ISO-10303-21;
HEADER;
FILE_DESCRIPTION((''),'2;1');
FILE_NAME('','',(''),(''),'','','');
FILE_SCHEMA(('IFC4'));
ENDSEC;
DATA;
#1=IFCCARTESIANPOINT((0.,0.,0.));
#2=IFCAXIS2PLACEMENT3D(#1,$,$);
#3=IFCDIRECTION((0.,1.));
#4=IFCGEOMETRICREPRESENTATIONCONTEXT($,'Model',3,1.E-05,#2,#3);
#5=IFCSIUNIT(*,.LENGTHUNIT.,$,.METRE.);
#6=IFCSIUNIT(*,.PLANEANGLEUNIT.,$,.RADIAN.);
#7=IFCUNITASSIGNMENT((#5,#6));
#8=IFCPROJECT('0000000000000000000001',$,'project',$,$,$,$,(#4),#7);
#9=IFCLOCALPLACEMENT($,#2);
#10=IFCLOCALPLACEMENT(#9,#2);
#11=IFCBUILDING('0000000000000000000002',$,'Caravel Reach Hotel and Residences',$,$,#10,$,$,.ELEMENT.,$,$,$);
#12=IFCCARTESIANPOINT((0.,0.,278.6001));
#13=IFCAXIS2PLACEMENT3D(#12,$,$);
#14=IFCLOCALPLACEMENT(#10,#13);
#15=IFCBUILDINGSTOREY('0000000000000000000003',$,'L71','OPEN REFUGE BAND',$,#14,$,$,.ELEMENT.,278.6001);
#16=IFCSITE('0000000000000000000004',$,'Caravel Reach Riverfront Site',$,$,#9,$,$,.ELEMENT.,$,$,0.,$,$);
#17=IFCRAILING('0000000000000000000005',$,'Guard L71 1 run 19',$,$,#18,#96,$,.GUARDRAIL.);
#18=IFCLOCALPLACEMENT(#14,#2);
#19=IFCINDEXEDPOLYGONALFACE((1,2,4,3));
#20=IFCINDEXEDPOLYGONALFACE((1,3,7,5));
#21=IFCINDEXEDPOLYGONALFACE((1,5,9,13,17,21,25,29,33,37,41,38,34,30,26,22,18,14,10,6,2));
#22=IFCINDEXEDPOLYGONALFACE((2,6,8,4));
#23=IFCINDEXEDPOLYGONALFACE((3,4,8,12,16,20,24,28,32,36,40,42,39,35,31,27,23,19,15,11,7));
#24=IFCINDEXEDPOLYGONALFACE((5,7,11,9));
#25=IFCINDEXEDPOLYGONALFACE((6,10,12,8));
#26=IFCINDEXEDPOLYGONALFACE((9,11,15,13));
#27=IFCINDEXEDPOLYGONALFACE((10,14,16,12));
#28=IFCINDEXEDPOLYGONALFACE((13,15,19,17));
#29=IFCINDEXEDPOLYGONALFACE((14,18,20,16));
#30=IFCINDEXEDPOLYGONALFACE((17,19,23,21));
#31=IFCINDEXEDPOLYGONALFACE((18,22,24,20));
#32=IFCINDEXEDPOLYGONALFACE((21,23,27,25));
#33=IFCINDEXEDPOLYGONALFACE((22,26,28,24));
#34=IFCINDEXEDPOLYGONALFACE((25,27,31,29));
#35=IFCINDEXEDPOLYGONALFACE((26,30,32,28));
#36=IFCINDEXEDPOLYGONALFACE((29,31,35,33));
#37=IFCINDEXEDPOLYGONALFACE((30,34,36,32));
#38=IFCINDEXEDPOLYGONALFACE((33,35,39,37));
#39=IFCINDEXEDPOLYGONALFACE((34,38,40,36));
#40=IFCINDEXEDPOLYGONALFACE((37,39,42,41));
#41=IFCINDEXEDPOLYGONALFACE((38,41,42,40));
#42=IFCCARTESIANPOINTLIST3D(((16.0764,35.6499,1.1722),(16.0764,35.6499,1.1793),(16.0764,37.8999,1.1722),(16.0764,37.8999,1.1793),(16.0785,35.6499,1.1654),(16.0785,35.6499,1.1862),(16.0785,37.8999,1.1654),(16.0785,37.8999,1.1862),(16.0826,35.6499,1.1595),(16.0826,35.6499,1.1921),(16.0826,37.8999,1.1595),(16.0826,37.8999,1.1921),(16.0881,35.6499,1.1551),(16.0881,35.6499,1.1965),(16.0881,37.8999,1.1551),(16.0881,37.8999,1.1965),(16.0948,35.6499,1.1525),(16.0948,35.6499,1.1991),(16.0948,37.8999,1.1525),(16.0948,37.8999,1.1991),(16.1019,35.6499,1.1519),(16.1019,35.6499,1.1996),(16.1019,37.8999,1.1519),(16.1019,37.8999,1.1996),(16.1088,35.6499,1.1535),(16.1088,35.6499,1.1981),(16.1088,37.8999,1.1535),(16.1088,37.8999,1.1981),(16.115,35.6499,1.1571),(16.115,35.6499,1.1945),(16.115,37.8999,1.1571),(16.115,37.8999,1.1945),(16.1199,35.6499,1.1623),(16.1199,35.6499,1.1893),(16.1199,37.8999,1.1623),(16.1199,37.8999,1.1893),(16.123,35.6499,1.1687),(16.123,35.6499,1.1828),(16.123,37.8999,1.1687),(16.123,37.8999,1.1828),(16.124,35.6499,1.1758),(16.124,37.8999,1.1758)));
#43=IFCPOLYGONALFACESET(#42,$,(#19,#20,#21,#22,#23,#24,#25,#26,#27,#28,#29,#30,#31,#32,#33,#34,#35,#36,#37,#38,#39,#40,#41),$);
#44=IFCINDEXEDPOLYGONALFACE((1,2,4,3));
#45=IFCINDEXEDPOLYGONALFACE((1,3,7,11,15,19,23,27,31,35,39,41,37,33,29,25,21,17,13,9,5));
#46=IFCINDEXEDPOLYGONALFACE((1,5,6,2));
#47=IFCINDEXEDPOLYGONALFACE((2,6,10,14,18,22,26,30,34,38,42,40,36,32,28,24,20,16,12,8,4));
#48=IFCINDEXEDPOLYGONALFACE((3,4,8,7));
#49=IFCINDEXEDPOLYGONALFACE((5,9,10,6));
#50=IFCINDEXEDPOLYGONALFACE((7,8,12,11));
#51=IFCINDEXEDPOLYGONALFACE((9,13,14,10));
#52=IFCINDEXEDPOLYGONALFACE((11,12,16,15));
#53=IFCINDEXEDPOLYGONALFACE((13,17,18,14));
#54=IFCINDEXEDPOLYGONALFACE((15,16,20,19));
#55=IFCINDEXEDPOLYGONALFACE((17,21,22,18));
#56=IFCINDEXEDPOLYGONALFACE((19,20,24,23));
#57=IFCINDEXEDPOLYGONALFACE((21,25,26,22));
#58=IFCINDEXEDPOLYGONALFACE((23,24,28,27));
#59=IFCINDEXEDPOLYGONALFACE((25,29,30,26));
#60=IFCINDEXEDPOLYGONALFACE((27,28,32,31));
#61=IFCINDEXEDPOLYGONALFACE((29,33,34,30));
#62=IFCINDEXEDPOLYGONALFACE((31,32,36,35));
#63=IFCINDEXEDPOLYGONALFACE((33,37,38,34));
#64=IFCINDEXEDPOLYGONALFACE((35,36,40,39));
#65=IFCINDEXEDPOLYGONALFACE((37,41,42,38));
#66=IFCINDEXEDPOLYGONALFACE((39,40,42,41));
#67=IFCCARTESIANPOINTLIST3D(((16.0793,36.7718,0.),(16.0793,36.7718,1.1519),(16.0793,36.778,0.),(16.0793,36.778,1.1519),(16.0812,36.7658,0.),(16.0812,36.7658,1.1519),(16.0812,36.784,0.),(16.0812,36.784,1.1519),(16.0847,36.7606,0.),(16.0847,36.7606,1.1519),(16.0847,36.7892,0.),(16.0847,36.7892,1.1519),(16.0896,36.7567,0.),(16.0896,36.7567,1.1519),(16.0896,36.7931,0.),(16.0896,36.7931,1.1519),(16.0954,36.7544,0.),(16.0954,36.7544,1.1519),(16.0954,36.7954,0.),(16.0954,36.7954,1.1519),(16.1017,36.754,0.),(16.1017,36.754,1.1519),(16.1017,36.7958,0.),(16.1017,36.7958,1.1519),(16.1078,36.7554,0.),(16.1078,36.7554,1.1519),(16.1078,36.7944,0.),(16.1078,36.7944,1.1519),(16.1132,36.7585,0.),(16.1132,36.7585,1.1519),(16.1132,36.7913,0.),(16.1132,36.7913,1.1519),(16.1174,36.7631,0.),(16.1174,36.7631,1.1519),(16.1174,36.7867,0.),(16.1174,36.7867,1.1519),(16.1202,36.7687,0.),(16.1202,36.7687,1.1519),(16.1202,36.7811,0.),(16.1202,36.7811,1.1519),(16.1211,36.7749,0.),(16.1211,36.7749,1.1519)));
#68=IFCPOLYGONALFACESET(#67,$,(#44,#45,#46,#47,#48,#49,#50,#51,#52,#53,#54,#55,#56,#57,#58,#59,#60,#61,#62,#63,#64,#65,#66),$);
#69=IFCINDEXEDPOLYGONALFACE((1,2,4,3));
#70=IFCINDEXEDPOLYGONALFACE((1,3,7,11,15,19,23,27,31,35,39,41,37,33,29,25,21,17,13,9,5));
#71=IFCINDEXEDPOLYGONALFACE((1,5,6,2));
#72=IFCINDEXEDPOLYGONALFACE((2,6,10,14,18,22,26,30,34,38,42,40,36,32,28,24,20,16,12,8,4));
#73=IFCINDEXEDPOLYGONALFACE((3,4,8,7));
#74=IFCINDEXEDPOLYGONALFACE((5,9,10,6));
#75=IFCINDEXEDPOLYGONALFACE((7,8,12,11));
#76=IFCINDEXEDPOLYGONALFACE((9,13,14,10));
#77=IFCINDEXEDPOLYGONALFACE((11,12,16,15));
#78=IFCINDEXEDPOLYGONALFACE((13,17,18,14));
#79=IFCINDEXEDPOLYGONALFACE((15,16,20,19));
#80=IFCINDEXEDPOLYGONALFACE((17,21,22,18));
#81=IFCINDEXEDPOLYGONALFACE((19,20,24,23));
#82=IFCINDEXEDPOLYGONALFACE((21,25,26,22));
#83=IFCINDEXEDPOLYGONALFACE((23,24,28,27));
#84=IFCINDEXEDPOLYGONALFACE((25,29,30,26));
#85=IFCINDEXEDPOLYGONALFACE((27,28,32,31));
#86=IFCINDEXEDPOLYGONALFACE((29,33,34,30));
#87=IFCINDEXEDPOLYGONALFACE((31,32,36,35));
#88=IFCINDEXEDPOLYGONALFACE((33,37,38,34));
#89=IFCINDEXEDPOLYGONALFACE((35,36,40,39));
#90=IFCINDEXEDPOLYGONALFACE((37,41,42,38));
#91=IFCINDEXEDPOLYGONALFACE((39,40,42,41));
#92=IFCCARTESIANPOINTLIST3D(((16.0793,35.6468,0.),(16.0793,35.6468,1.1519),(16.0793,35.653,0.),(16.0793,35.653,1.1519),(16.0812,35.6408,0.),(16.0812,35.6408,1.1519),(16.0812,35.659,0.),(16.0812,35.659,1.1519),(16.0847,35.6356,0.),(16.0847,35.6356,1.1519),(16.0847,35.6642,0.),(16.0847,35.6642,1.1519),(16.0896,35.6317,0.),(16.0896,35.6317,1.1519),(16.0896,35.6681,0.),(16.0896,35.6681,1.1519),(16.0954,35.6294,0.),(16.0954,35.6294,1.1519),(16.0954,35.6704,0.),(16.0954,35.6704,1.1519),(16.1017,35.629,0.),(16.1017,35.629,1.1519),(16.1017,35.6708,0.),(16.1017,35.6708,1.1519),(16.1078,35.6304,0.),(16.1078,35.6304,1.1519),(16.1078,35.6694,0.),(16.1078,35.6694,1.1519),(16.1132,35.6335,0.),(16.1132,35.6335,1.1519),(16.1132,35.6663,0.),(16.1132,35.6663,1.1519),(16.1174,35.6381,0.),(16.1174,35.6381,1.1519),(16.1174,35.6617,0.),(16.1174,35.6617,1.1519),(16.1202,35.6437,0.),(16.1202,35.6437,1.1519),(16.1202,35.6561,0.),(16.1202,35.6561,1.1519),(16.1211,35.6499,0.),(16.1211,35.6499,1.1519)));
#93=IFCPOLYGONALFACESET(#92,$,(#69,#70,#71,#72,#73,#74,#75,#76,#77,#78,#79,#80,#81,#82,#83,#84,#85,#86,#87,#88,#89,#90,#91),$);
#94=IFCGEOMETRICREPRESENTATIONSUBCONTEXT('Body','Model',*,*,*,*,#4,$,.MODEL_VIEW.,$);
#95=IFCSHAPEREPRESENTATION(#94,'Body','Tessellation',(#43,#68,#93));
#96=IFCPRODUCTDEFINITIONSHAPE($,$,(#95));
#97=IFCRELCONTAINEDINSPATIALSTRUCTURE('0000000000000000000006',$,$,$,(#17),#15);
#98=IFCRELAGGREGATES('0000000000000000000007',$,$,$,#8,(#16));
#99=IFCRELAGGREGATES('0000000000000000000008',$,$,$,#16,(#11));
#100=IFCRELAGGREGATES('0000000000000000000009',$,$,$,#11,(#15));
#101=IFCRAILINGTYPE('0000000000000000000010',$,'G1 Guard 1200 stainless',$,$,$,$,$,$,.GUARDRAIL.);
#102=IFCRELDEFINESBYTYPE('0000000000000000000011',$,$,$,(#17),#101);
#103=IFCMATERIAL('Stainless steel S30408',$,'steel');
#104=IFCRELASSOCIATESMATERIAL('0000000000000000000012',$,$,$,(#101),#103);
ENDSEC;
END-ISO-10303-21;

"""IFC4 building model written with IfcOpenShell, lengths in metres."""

from ifc_helpers import new_model, si_unit, direction, frame, origin, origin_2d, place, context, subcontext, project, spatial, circle, extrude, material, type_object, element, save


model = new_model("IFC4")

# Units and contexts
model_context = context("Model", 3, precision=1e-05, world=origin(), true_north=direction((0.0, 1.0)))
body_context = subcontext(model_context, "Body", "Model", "MODEL_VIEW")
ifc_project = project(units=[si_unit("LENGTHUNIT", "METRE"), si_unit("PLANEANGLEUNIT", "RADIAN")], contexts=[model_context])

# Site, building, storey
site_placement = place(None, origin())
site = spatial("IfcSite", under=ifc_project, at=site_placement, Name="Caravel Reach Riverfront Site", CompositionType="ELEMENT", RefElevation=0.0)
building_placement = place(site_placement, origin())
building = spatial("IfcBuilding", under=site, at=building_placement, Name="Caravel Reach Hotel and Residences", CompositionType="ELEMENT")
storey_placement = place(building_placement, frame((0.0, 0.0, 278.6001)))
storey = spatial("IfcBuildingStorey", under=building, at=storey_placement, Name="L71", Description="OPEN REFUGE BAND", CompositionType="ELEMENT", Elevation=278.6001)

# Railing
ifc_material_1 = material(Name="Stainless steel S30408", Category="steel")
railing_type_1 = type_object("IfcRailingType", Name="G1 Guard 1200 stainless", PredefinedType="GUARDRAIL", material=ifc_material_1)
railing_1_placement = place(storey_placement, frame((16.1001, 37.8999, 0.0)))
element("IfcRailing", 1, at=railing_1_placement, inside=storey, type_object=railing_type_1, Name="Guard L71 1 run 19", PredefinedType="GUARDRAIL", context=body_context, shape_type="SweptSolid", body=[
    extrude(circle(Radius=0.0239, at=origin_2d()), frame((0.0, 0.0, 1.1758), z_axis=(0.0, -1.0, 0.0), x_axis=(1.0, 0.0, 0.0)), (0.0, 0.0, 1.0), 2.25),
    extrude(circle(Radius=0.021, at=origin_2d()), frame((0.0, -1.125, 0.0)), (0.0, 0.0, 1.0), 1.1519),
    extrude(circle(Radius=0.021, at=origin_2d()), frame((0.0, -2.25, 0.0)), (0.0, 0.0, 1.0), 1.1519),
])

save(model, "model.ifc")
